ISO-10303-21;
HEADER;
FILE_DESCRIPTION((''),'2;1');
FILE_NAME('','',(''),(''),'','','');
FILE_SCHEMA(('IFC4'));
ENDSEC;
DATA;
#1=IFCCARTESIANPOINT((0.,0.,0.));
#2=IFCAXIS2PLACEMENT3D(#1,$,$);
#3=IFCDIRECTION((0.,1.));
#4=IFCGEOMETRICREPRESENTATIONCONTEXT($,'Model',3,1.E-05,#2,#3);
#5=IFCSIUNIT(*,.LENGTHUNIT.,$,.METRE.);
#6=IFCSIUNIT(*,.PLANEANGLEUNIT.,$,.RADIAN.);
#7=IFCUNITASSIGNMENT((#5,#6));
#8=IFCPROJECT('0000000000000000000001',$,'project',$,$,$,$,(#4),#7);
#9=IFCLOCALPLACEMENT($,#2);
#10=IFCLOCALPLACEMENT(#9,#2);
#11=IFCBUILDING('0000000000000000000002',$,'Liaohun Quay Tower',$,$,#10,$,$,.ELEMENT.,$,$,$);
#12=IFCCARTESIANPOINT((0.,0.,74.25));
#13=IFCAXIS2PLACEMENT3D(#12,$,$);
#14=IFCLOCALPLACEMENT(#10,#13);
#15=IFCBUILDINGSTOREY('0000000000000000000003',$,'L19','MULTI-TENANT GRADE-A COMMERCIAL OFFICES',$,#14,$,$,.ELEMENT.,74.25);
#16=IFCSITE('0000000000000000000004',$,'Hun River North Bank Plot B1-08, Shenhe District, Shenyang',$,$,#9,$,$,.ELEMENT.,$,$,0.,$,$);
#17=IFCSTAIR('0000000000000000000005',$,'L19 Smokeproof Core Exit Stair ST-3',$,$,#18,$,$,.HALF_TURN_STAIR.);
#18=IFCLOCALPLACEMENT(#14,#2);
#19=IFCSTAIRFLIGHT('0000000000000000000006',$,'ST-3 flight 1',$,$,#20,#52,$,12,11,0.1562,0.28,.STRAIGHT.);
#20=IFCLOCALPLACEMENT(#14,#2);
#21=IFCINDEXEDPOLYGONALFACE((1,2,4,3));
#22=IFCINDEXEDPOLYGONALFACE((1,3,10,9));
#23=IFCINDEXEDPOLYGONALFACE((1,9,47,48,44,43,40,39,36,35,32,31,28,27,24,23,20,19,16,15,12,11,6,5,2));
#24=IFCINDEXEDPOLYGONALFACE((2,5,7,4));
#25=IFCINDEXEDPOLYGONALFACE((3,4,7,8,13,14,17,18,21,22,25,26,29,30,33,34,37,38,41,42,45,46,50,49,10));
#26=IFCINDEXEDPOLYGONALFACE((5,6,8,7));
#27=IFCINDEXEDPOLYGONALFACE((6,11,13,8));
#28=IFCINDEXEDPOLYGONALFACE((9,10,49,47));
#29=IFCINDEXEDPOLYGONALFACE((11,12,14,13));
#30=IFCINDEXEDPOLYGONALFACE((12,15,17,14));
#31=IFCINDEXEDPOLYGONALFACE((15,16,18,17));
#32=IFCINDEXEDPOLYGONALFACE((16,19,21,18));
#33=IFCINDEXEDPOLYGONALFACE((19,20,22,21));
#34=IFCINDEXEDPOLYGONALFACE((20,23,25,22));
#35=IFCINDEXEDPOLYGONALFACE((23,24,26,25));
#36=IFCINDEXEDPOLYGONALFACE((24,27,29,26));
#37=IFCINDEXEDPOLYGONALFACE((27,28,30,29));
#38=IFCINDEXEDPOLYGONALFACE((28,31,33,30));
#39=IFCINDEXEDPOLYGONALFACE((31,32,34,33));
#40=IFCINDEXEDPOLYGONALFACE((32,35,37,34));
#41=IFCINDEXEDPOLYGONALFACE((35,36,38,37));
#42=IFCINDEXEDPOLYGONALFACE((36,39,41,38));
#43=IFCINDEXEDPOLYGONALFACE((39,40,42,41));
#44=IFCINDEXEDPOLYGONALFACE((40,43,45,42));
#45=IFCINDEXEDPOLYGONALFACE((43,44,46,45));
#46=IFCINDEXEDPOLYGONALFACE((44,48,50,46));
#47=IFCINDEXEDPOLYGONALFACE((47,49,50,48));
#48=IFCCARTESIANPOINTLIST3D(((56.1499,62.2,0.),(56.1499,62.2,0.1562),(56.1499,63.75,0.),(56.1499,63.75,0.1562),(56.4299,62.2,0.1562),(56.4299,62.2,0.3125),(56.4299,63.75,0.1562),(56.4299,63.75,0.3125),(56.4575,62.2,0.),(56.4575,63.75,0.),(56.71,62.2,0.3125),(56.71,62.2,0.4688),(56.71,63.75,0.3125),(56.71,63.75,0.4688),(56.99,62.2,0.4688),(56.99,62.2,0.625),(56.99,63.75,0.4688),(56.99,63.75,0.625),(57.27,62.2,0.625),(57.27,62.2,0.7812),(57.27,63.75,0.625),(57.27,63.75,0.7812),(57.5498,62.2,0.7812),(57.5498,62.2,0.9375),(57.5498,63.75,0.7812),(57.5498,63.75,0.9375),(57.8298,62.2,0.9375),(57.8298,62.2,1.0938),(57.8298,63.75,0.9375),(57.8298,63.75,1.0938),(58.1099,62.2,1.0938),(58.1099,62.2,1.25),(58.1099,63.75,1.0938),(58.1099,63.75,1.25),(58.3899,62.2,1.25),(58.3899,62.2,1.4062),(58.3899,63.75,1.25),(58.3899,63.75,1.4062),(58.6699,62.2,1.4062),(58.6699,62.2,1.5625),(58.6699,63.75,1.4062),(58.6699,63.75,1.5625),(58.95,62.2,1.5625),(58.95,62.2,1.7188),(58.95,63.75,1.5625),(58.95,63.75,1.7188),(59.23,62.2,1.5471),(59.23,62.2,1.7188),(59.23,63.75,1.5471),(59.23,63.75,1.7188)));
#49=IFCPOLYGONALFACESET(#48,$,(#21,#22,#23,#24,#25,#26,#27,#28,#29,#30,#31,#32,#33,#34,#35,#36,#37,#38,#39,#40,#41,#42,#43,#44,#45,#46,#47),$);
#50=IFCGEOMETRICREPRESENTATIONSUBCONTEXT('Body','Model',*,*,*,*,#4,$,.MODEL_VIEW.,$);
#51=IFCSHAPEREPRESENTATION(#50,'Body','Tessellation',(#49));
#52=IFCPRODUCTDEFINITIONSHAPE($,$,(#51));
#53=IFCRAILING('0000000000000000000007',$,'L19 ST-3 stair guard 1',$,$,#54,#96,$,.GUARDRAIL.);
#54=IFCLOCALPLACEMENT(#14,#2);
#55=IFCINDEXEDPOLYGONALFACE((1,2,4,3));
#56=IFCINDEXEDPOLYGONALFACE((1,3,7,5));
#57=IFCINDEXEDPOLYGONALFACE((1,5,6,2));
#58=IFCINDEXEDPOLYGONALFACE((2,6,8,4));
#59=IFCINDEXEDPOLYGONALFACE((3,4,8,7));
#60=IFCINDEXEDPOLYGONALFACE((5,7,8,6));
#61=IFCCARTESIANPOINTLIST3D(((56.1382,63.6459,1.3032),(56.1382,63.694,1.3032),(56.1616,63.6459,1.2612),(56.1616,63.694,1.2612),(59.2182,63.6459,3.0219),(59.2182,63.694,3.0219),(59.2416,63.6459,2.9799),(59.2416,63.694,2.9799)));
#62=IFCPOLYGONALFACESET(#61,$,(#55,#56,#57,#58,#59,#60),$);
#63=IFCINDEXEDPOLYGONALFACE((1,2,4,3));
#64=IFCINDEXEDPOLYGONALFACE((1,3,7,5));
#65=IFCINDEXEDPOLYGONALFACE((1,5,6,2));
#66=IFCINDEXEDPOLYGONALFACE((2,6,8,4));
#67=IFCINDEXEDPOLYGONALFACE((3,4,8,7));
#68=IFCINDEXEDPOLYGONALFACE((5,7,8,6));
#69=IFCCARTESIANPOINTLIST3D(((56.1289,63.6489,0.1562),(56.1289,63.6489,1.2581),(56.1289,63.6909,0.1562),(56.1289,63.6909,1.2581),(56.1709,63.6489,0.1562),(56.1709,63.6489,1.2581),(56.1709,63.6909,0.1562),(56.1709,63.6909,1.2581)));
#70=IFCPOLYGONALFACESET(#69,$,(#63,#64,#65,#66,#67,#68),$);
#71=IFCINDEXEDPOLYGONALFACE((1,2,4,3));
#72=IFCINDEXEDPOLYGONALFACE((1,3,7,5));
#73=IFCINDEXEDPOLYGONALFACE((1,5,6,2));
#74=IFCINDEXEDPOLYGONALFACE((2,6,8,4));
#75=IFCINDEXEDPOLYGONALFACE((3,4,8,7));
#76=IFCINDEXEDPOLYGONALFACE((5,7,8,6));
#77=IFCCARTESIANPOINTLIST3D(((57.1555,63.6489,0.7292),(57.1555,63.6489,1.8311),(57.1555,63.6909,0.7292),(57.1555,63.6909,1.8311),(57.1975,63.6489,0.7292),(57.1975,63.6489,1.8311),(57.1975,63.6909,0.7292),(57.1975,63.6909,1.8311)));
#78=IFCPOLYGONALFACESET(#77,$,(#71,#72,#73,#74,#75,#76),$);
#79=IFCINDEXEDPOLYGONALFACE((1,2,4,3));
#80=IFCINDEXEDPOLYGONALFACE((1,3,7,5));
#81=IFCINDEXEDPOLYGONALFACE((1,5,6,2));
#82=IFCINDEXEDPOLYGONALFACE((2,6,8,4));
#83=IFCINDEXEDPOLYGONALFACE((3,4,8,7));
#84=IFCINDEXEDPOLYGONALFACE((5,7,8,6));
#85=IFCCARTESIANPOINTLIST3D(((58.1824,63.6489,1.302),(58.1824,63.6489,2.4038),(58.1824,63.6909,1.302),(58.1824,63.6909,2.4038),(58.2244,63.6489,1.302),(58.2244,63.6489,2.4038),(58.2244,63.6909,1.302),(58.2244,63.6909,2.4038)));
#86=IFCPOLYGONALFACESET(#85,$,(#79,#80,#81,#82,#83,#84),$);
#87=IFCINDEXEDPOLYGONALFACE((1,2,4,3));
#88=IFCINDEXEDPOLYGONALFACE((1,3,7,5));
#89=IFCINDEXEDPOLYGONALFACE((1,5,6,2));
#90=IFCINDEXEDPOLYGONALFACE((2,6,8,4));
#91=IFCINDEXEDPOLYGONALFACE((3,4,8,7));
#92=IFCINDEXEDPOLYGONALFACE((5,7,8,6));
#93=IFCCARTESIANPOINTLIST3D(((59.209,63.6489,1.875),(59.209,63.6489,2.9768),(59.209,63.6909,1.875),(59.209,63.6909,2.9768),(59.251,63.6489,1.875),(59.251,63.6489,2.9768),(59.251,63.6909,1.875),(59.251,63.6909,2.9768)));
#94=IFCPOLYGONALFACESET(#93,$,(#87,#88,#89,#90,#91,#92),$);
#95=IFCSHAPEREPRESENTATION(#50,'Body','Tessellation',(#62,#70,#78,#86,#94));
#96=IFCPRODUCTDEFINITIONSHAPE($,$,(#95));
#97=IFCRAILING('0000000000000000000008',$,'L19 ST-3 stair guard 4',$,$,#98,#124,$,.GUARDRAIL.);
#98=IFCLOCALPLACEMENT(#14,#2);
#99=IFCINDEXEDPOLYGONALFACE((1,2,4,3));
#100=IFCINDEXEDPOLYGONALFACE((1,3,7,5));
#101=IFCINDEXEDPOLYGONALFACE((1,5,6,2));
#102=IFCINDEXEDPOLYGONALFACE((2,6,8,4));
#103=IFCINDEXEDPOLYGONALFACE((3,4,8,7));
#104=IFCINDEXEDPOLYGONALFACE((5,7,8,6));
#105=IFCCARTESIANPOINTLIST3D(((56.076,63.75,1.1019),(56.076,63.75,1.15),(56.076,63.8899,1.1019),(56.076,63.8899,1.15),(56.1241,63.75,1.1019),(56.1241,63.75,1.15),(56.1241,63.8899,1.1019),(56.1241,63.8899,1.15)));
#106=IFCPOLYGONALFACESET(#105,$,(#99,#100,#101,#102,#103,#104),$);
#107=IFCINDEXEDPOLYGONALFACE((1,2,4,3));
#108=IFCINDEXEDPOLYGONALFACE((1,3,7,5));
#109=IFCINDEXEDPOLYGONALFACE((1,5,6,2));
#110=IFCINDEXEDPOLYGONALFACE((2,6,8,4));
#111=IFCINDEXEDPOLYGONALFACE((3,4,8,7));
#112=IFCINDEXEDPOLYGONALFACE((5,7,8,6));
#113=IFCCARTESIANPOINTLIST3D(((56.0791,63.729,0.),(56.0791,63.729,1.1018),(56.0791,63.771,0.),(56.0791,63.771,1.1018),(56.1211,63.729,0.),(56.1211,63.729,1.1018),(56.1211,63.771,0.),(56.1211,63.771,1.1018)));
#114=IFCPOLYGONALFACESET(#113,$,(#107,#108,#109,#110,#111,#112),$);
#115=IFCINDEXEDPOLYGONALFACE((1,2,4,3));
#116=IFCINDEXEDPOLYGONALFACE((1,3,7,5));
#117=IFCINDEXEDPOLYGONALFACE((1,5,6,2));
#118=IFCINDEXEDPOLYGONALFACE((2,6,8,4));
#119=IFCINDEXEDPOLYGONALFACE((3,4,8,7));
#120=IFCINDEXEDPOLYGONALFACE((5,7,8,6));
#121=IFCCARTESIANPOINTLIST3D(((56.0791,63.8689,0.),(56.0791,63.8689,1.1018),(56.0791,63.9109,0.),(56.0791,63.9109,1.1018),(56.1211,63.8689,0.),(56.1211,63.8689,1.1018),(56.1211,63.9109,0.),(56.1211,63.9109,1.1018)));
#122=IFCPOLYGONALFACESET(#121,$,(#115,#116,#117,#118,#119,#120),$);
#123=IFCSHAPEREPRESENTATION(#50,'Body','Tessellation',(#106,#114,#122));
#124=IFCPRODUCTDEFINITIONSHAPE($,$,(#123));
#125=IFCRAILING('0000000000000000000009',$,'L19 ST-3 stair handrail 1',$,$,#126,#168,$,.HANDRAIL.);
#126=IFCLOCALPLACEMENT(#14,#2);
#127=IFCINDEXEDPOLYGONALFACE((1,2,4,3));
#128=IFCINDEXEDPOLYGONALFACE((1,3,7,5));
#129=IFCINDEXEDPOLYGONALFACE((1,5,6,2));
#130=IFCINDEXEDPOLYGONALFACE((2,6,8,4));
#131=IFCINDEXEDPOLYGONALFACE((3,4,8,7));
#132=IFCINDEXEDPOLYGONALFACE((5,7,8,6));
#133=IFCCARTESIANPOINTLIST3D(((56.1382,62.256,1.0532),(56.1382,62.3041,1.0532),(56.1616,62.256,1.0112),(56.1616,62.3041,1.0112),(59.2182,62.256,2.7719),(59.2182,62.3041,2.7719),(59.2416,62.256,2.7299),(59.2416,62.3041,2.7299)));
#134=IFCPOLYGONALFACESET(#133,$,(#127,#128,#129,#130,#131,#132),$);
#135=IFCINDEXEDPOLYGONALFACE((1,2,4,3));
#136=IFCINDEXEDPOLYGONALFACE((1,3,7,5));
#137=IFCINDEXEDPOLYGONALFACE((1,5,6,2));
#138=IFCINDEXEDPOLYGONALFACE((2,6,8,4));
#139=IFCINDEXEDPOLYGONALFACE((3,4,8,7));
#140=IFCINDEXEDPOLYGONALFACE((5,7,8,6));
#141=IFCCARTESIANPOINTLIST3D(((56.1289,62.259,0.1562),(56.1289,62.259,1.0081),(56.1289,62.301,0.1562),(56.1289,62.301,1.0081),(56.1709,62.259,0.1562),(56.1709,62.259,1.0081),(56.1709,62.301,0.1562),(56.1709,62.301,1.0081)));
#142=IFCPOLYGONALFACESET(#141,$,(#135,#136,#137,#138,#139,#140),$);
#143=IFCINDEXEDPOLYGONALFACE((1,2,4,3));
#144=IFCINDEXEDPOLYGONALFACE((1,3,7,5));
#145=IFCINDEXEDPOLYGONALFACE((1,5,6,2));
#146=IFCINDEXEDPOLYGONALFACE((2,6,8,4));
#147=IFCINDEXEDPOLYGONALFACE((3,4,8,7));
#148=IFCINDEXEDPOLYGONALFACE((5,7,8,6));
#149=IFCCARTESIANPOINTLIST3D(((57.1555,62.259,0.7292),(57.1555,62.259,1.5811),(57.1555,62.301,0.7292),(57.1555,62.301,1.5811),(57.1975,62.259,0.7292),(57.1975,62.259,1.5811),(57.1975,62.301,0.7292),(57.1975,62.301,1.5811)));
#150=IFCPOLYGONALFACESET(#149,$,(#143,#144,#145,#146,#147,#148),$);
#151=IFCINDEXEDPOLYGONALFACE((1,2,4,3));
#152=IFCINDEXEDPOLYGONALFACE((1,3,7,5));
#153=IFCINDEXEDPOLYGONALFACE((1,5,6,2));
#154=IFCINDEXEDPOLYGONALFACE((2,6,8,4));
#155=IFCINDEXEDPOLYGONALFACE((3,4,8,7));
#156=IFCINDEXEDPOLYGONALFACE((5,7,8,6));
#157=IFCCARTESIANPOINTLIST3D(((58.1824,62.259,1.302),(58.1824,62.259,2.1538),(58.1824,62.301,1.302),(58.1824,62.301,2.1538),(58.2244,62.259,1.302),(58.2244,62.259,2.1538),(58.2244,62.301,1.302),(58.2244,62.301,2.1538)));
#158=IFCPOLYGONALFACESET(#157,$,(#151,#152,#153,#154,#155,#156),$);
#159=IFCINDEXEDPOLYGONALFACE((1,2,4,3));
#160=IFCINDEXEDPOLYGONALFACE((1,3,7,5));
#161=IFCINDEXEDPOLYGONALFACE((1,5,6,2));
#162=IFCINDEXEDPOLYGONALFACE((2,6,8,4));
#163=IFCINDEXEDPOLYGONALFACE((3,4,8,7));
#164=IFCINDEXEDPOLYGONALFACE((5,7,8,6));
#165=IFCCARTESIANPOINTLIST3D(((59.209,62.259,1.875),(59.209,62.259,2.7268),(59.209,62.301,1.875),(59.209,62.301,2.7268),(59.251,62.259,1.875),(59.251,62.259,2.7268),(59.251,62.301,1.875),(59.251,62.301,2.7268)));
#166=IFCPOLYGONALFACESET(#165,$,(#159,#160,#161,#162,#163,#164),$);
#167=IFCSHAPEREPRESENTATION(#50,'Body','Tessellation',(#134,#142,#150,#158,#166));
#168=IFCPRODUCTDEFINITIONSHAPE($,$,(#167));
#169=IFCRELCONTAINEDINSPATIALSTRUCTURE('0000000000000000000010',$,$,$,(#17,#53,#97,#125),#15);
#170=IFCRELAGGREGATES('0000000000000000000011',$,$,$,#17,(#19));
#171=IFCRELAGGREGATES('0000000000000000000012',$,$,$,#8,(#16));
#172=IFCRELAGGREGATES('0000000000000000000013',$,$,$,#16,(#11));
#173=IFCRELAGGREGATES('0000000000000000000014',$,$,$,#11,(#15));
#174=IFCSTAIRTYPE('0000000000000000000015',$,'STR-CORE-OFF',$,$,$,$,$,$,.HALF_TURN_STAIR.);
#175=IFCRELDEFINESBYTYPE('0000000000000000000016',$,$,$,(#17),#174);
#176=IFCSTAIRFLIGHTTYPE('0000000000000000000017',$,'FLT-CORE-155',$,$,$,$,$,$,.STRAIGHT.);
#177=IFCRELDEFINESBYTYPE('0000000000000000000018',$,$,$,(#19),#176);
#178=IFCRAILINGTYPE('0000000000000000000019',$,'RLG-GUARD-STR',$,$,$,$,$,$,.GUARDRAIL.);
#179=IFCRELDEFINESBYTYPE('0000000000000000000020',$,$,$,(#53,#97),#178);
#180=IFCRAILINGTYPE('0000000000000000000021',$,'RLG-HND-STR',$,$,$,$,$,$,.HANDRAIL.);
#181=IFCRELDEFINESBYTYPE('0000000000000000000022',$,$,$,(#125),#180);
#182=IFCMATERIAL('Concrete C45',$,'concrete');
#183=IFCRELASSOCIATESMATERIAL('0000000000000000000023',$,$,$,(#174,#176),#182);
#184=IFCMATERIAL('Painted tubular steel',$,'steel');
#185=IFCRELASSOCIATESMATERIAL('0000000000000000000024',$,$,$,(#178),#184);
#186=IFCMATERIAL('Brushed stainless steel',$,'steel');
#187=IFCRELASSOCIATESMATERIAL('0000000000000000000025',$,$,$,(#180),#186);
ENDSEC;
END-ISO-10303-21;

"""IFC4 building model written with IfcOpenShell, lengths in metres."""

from ifc_helpers import new_model, si_unit, direction, frame, origin, origin_2d, place, context, subcontext, project, spatial, polyline, rectangle, outline, extrude, material, type_object, element, aggregate, save


model = new_model("IFC4")

# Units and contexts
model_context = context("Model", 3, precision=1e-05, world=origin(), true_north=direction((0.0, 1.0)))
body_context = subcontext(model_context, "Body", "Model", "MODEL_VIEW")
ifc_project = project(units=[si_unit("LENGTHUNIT", "METRE"), si_unit("PLANEANGLEUNIT", "RADIAN")], contexts=[model_context])

# Site, building, storey
site_placement = place(None, origin())
site = spatial("IfcSite", under=ifc_project, at=site_placement, Name="Hun River North Bank Plot B1-08, Shenhe District, Shenyang", CompositionType="ELEMENT", RefElevation=0.0)
building_placement = place(site_placement, origin())
building = spatial("IfcBuilding", under=site, at=building_placement, Name="Liaohun Quay Tower", CompositionType="ELEMENT")
storey_placement = place(building_placement, frame((0.0, 0.0, 74.25)))
storey = spatial("IfcBuildingStorey", under=building, at=storey_placement, Name="L19", Description="MULTI-TENANT GRADE-A COMMERCIAL OFFICES", CompositionType="ELEMENT", Elevation=74.25)

# Stair, stair flight
ifc_material_1 = material(Name="Concrete C45", Category="concrete")
stair_type = type_object("IfcStairType", Name="STR-CORE-OFF", PredefinedType="HALF_TURN_STAIR", material=ifc_material_1)
stair_placement = place(storey_placement, origin())
stair = element("IfcStair", 1, at=stair_placement, inside=storey, type_object=stair_type, Name="L19 Smokeproof Core Exit Stair ST-3", PredefinedType="HALF_TURN_STAIR")
stair_flight_type = type_object("IfcStairFlightType", Name="FLT-CORE-155", PredefinedType="STRAIGHT", material=ifc_material_1)
stair_flight_placement = place(storey_placement, frame((56.1499, 62.9751, 0.0), z_axis=(0.0, 0.0, 1.0), x_axis=(1.0, 0.0, 0.0)))
stair_flight = element("IfcStairFlight", 2, at=stair_flight_placement, type_object=stair_flight_type, Name="ST-3 flight 1", NumberOfRisers=12, NumberOfTreads=11, PredefinedType="STRAIGHT", RiserHeight=0.1562, TreadLength=0.28, context=body_context, shape_type="SweptSolid", body=[
    extrude(outline(polyline([(0.0, 0.0), (0.0, 0.1562), (0.28, 0.1562), (0.28, 0.3125), (0.5601, 0.3125), (0.5601, 0.4688), (0.8401, 0.4688), (0.8401, 0.625), (1.1201, 0.625), (1.1201, 0.7812), (1.3999, 0.7812), (1.3999, 0.9375), (1.6799, 0.9375), (1.6799, 1.0938), (1.96, 1.0938), (1.96, 1.25), (2.24, 1.25), (2.24, 1.4062), (2.52, 1.4062), (2.52, 1.5625), (2.8, 1.5625), (2.8, 1.7188), (3.0801, 1.7188), (3.0801, 1.875), (3.0801, 1.5471), (0.3076, 0.0), (0.0, 0.0)])), frame((0.0, 0.7749, 0.0), z_axis=(0.0, -1.0, 0.0), x_axis=(1.0, 0.0, 0.0)), (0.0, 0.0, 1.0), 1.55),
])
aggregate(stair, [stair_flight])

# Railings
ifc_material_2 = material(Name="Painted tubular steel", Category="steel")
railing_type_1 = type_object("IfcRailingType", Name="RLG-GUARD-STR", PredefinedType="GUARDRAIL", material=ifc_material_2)
railing_1_placement = place(storey_placement, frame((56.1499, 63.6699, 0.1562)))
element("IfcRailing", 3, at=railing_1_placement, inside=storey, type_object=railing_type_1, Name="L19 ST-3 stair guard 1", PredefinedType="GUARDRAIL", context=body_context, shape_type="SweptSolid", body=[
    extrude(rectangle(XDim=0.0481, YDim=0.0481, at=origin_2d()), frame((0.0, 0.0, 1.126), z_axis=(0.873242, 0.0, 0.487288), x_axis=(0.0, 1.0, 0.0)), (0.0, 0.0, 1.0), 3.5271),
    extrude(rectangle(XDim=0.042, YDim=0.042, at=origin_2d()), origin(), (0.0, 0.0, 1.0), 1.1018),
    extrude(rectangle(XDim=0.042, YDim=0.042, at=origin_2d()), frame((1.0266, 0.0, 0.573)), (0.0, 0.0, 1.0), 1.1018),
    extrude(rectangle(XDim=0.042, YDim=0.042, at=origin_2d()), frame((2.0535, 0.0, 1.1458)), (0.0, 0.0, 1.0), 1.1018),
    extrude(rectangle(XDim=0.042, YDim=0.042, at=origin_2d()), frame((3.0801, 0.0, 1.7188)), (0.0, 0.0, 1.0), 1.1018),
])
railing_2_placement = place(storey_placement, frame((56.1001, 63.75, 0.0)))
element("IfcRailing", 4, at=railing_2_placement, inside=storey, type_object=railing_type_1, Name="L19 ST-3 stair guard 4", PredefinedType="GUARDRAIL", context=body_context, shape_type="SweptSolid", body=[
    extrude(rectangle(XDim=0.0481, YDim=0.0481, at=origin_2d()), frame((0.0, 0.0, 1.126), z_axis=(0.0, 1.0, 0.0), x_axis=(-1.0, 0.0, 0.0)), (0.0, 0.0, 1.0), 0.1399),
    extrude(rectangle(XDim=0.042, YDim=0.042, at=origin_2d()), origin(), (0.0, 0.0, 1.0), 1.1018),
    extrude(rectangle(XDim=0.042, YDim=0.042, at=origin_2d()), frame((0.0, 0.1399, 0.0)), (0.0, 0.0, 1.0), 1.1018),
])
ifc_material_3 = material(Name="Brushed stainless steel", Category="steel")
railing_type_2 = type_object("IfcRailingType", Name="RLG-HND-STR", PredefinedType="HANDRAIL", material=ifc_material_3)
railing_3_placement = place(storey_placement, frame((56.1499, 62.28, 0.1562)))
element("IfcRailing", 5, at=railing_3_placement, inside=storey, type_object=railing_type_2, Name="L19 ST-3 stair handrail 1", PredefinedType="HANDRAIL", context=body_context, shape_type="SweptSolid", body=[
    extrude(rectangle(XDim=0.0481, YDim=0.0481, at=origin_2d()), frame((0.0, 0.0, 0.876), z_axis=(0.873242, 0.0, 0.487288), x_axis=(0.0, 1.0, 0.0)), (0.0, 0.0, 1.0), 3.5271),
    extrude(rectangle(XDim=0.042, YDim=0.042, at=origin_2d()), origin(), (0.0, 0.0, 1.0), 0.8518),
    extrude(rectangle(XDim=0.042, YDim=0.042, at=origin_2d()), frame((1.0266, 0.0, 0.573)), (0.0, 0.0, 1.0), 0.8518),
    extrude(rectangle(XDim=0.042, YDim=0.042, at=origin_2d()), frame((2.0535, 0.0, 1.1458)), (0.0, 0.0, 1.0), 0.8518),
    extrude(rectangle(XDim=0.042, YDim=0.042, at=origin_2d()), frame((3.0801, 0.0, 1.7188)), (0.0, 0.0, 1.0), 0.8518),
])

save(model, "model.ifc")
